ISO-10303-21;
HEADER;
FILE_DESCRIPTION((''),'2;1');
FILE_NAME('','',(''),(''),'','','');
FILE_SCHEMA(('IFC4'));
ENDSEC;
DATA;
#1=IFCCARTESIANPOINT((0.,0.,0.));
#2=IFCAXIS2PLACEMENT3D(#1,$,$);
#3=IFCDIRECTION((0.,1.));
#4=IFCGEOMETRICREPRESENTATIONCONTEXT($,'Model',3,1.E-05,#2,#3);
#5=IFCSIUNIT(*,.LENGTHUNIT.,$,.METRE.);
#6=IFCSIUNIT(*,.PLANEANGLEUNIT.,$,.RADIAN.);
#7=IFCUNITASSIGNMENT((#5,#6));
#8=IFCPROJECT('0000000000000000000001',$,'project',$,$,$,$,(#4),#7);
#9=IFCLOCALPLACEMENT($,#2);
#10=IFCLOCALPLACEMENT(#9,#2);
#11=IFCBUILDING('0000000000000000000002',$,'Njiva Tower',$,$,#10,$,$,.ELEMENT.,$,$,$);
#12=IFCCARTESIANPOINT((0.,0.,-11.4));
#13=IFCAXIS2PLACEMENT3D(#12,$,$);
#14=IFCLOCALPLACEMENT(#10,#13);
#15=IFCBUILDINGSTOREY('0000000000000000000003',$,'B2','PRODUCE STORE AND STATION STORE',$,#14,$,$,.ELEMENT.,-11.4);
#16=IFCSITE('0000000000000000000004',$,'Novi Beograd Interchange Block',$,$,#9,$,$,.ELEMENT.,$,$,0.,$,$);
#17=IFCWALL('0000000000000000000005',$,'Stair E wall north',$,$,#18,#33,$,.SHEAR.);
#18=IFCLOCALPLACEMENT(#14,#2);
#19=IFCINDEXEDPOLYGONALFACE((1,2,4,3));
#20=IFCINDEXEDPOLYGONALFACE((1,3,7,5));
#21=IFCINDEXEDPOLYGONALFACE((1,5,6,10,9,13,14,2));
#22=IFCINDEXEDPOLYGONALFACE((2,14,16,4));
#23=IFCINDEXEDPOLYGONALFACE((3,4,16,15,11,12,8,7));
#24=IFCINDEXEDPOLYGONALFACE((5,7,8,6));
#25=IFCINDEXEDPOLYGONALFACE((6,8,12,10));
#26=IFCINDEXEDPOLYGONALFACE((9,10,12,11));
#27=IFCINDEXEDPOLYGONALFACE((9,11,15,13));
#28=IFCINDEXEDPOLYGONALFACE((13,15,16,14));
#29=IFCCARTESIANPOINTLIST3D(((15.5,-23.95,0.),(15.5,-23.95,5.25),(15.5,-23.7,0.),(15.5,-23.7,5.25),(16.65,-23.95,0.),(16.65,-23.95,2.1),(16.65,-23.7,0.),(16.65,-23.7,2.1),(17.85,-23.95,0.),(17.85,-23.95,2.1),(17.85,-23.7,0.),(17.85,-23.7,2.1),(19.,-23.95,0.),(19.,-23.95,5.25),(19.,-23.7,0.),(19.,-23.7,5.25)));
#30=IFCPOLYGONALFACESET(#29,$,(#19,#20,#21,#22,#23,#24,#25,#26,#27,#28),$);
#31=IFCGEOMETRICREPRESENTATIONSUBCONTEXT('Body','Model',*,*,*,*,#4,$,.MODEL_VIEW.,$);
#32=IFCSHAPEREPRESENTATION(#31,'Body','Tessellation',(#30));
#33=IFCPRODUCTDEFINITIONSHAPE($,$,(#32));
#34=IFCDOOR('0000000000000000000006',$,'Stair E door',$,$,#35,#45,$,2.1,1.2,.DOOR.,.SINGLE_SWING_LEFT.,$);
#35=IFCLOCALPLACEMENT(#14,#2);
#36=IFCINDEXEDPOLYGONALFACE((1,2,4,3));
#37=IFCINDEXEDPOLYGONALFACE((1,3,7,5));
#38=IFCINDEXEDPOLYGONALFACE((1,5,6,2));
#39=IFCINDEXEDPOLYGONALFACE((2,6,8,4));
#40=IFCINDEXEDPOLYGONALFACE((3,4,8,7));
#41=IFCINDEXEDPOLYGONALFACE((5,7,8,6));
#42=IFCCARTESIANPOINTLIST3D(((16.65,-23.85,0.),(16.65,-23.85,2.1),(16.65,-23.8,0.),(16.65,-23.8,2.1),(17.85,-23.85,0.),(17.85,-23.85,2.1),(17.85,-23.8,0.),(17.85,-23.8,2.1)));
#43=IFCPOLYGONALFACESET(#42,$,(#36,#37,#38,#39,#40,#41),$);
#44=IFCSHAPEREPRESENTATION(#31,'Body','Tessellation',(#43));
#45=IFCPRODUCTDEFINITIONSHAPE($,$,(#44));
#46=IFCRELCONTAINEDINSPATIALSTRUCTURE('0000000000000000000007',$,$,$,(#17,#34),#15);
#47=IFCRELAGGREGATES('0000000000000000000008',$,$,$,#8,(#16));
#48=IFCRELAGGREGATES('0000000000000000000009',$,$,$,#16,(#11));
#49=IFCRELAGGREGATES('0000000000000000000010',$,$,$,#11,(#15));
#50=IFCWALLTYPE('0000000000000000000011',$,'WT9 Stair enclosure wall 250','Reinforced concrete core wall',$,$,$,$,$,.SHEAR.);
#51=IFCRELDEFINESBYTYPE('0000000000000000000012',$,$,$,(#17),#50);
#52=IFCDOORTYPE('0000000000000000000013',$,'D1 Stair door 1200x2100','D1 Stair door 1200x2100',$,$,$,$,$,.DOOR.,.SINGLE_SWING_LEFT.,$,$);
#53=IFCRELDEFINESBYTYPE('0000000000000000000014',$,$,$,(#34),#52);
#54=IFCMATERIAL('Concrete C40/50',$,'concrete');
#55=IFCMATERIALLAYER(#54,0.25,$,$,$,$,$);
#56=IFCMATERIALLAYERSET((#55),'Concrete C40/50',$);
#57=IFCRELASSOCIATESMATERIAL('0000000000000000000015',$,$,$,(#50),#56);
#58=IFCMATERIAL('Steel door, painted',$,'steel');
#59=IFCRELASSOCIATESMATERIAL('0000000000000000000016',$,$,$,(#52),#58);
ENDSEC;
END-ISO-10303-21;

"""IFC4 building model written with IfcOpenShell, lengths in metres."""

from ifc_helpers import new_model, si_unit, direction, frame, frame_2d, origin, place, context, subcontext, project, spatial, rectangle, extrude, material, layer, layer_set, type_object, element, fill, save


model = new_model("IFC4")

# Units and contexts
model_context = context("Model", 3, precision=1e-05, world=origin(), true_north=direction((0.0, 1.0)))
body_context = subcontext(model_context, "Body", "Model", "MODEL_VIEW")
ifc_project = project(units=[si_unit("LENGTHUNIT", "METRE"), si_unit("PLANEANGLEUNIT", "RADIAN")], contexts=[model_context])

# Site, building, storey
site_placement = place(None, origin())
site = spatial("IfcSite", under=ifc_project, at=site_placement, Name="Novi Beograd Interchange Block", CompositionType="ELEMENT", RefElevation=0.0)
building_placement = place(site_placement, origin())
building = spatial("IfcBuilding", under=site, at=building_placement, Name="Njiva Tower", CompositionType="ELEMENT")
storey_placement = place(building_placement, frame((0.0, 0.0, -11.4)))
storey = spatial("IfcBuildingStorey", under=building, at=storey_placement, Name="B2", Description="PRODUCE STORE AND STATION STORE", CompositionType="ELEMENT", Elevation=-11.4)

# Shared definitions
ifc_material_1 = material(Name="Concrete C40/50", Category="concrete")

# Shared definitions
ifc_layer_1 = layer(ifc_material_1, 0.25)
ifc_layer_set_1 = layer_set([ifc_layer_1], Name="Concrete C40/50")
wall_type_1 = type_object("IfcWallType", Name="WT9 Stair enclosure wall 250", Description="Reinforced concrete core wall", PredefinedType="SHEAR", material=ifc_layer_set_1)

# Wall, opening, door
wall_1_placement = place(storey_placement, frame((15.5, -23.825, 0.0), z_axis=(0.0, 0.0, 1.0), x_axis=(1.0, 0.0, 0.0)))
wall_1 = element("IfcWall", 1, at=wall_1_placement, inside=storey, type_object=wall_type_1, Name="Stair E wall north", PredefinedType="SHEAR", context=body_context, shape_type="SweptSolid", body=[
    extrude(rectangle(XDim=3.5, YDim=0.25, at=frame_2d((1.75, 0.0))), origin(), (0.0, 0.0, 1.0), 5.25),
])
opening_1_placement = place(wall_1_placement, frame((1.15, 0.0, 0.0)))
opening_1 = element("IfcOpeningElement", 2, at=opening_1_placement, cuts=wall_1, PredefinedType="OPENING", context=body_context, shape_type="SweptSolid", body=[
    extrude(rectangle(XDim=1.2, YDim=2.1, at=frame_2d((0.6, 1.05))), frame((0.0, 0.135, 0.0), z_axis=(0.0, -1.0, 0.0), x_axis=(1.0, 0.0, 0.0)), (0.0, 0.0, 1.0), 0.27),
])
ifc_material_2 = material(Name="Steel door, painted", Category="steel")
door_type_1 = type_object("IfcDoorType", Name="D1 Stair door 1200x2100", Description="D1 Stair door 1200x2100", OperationType="SINGLE_SWING_LEFT", PredefinedType="DOOR", material=ifc_material_2)
door_1_placement = place(opening_1_placement, origin())
door_1 = element("IfcDoor", 3, at=door_1_placement, inside=storey, type_object=door_type_1, Name="Stair E door", OperationType="SINGLE_SWING_LEFT", OverallHeight=2.1, OverallWidth=1.2, PredefinedType="DOOR", context=body_context, shape_type="SweptSolid", body=[
    extrude(rectangle(XDim=1.2, YDim=2.1, at=frame_2d((0.6, 1.05))), frame((0.0, 0.025, 0.0), z_axis=(0.0, -1.0, 0.0), x_axis=(1.0, 0.0, 0.0)), (0.0, 0.0, 1.0), 0.05),
])
fill(opening_1, door_1)

save(model, "model.ifc")
